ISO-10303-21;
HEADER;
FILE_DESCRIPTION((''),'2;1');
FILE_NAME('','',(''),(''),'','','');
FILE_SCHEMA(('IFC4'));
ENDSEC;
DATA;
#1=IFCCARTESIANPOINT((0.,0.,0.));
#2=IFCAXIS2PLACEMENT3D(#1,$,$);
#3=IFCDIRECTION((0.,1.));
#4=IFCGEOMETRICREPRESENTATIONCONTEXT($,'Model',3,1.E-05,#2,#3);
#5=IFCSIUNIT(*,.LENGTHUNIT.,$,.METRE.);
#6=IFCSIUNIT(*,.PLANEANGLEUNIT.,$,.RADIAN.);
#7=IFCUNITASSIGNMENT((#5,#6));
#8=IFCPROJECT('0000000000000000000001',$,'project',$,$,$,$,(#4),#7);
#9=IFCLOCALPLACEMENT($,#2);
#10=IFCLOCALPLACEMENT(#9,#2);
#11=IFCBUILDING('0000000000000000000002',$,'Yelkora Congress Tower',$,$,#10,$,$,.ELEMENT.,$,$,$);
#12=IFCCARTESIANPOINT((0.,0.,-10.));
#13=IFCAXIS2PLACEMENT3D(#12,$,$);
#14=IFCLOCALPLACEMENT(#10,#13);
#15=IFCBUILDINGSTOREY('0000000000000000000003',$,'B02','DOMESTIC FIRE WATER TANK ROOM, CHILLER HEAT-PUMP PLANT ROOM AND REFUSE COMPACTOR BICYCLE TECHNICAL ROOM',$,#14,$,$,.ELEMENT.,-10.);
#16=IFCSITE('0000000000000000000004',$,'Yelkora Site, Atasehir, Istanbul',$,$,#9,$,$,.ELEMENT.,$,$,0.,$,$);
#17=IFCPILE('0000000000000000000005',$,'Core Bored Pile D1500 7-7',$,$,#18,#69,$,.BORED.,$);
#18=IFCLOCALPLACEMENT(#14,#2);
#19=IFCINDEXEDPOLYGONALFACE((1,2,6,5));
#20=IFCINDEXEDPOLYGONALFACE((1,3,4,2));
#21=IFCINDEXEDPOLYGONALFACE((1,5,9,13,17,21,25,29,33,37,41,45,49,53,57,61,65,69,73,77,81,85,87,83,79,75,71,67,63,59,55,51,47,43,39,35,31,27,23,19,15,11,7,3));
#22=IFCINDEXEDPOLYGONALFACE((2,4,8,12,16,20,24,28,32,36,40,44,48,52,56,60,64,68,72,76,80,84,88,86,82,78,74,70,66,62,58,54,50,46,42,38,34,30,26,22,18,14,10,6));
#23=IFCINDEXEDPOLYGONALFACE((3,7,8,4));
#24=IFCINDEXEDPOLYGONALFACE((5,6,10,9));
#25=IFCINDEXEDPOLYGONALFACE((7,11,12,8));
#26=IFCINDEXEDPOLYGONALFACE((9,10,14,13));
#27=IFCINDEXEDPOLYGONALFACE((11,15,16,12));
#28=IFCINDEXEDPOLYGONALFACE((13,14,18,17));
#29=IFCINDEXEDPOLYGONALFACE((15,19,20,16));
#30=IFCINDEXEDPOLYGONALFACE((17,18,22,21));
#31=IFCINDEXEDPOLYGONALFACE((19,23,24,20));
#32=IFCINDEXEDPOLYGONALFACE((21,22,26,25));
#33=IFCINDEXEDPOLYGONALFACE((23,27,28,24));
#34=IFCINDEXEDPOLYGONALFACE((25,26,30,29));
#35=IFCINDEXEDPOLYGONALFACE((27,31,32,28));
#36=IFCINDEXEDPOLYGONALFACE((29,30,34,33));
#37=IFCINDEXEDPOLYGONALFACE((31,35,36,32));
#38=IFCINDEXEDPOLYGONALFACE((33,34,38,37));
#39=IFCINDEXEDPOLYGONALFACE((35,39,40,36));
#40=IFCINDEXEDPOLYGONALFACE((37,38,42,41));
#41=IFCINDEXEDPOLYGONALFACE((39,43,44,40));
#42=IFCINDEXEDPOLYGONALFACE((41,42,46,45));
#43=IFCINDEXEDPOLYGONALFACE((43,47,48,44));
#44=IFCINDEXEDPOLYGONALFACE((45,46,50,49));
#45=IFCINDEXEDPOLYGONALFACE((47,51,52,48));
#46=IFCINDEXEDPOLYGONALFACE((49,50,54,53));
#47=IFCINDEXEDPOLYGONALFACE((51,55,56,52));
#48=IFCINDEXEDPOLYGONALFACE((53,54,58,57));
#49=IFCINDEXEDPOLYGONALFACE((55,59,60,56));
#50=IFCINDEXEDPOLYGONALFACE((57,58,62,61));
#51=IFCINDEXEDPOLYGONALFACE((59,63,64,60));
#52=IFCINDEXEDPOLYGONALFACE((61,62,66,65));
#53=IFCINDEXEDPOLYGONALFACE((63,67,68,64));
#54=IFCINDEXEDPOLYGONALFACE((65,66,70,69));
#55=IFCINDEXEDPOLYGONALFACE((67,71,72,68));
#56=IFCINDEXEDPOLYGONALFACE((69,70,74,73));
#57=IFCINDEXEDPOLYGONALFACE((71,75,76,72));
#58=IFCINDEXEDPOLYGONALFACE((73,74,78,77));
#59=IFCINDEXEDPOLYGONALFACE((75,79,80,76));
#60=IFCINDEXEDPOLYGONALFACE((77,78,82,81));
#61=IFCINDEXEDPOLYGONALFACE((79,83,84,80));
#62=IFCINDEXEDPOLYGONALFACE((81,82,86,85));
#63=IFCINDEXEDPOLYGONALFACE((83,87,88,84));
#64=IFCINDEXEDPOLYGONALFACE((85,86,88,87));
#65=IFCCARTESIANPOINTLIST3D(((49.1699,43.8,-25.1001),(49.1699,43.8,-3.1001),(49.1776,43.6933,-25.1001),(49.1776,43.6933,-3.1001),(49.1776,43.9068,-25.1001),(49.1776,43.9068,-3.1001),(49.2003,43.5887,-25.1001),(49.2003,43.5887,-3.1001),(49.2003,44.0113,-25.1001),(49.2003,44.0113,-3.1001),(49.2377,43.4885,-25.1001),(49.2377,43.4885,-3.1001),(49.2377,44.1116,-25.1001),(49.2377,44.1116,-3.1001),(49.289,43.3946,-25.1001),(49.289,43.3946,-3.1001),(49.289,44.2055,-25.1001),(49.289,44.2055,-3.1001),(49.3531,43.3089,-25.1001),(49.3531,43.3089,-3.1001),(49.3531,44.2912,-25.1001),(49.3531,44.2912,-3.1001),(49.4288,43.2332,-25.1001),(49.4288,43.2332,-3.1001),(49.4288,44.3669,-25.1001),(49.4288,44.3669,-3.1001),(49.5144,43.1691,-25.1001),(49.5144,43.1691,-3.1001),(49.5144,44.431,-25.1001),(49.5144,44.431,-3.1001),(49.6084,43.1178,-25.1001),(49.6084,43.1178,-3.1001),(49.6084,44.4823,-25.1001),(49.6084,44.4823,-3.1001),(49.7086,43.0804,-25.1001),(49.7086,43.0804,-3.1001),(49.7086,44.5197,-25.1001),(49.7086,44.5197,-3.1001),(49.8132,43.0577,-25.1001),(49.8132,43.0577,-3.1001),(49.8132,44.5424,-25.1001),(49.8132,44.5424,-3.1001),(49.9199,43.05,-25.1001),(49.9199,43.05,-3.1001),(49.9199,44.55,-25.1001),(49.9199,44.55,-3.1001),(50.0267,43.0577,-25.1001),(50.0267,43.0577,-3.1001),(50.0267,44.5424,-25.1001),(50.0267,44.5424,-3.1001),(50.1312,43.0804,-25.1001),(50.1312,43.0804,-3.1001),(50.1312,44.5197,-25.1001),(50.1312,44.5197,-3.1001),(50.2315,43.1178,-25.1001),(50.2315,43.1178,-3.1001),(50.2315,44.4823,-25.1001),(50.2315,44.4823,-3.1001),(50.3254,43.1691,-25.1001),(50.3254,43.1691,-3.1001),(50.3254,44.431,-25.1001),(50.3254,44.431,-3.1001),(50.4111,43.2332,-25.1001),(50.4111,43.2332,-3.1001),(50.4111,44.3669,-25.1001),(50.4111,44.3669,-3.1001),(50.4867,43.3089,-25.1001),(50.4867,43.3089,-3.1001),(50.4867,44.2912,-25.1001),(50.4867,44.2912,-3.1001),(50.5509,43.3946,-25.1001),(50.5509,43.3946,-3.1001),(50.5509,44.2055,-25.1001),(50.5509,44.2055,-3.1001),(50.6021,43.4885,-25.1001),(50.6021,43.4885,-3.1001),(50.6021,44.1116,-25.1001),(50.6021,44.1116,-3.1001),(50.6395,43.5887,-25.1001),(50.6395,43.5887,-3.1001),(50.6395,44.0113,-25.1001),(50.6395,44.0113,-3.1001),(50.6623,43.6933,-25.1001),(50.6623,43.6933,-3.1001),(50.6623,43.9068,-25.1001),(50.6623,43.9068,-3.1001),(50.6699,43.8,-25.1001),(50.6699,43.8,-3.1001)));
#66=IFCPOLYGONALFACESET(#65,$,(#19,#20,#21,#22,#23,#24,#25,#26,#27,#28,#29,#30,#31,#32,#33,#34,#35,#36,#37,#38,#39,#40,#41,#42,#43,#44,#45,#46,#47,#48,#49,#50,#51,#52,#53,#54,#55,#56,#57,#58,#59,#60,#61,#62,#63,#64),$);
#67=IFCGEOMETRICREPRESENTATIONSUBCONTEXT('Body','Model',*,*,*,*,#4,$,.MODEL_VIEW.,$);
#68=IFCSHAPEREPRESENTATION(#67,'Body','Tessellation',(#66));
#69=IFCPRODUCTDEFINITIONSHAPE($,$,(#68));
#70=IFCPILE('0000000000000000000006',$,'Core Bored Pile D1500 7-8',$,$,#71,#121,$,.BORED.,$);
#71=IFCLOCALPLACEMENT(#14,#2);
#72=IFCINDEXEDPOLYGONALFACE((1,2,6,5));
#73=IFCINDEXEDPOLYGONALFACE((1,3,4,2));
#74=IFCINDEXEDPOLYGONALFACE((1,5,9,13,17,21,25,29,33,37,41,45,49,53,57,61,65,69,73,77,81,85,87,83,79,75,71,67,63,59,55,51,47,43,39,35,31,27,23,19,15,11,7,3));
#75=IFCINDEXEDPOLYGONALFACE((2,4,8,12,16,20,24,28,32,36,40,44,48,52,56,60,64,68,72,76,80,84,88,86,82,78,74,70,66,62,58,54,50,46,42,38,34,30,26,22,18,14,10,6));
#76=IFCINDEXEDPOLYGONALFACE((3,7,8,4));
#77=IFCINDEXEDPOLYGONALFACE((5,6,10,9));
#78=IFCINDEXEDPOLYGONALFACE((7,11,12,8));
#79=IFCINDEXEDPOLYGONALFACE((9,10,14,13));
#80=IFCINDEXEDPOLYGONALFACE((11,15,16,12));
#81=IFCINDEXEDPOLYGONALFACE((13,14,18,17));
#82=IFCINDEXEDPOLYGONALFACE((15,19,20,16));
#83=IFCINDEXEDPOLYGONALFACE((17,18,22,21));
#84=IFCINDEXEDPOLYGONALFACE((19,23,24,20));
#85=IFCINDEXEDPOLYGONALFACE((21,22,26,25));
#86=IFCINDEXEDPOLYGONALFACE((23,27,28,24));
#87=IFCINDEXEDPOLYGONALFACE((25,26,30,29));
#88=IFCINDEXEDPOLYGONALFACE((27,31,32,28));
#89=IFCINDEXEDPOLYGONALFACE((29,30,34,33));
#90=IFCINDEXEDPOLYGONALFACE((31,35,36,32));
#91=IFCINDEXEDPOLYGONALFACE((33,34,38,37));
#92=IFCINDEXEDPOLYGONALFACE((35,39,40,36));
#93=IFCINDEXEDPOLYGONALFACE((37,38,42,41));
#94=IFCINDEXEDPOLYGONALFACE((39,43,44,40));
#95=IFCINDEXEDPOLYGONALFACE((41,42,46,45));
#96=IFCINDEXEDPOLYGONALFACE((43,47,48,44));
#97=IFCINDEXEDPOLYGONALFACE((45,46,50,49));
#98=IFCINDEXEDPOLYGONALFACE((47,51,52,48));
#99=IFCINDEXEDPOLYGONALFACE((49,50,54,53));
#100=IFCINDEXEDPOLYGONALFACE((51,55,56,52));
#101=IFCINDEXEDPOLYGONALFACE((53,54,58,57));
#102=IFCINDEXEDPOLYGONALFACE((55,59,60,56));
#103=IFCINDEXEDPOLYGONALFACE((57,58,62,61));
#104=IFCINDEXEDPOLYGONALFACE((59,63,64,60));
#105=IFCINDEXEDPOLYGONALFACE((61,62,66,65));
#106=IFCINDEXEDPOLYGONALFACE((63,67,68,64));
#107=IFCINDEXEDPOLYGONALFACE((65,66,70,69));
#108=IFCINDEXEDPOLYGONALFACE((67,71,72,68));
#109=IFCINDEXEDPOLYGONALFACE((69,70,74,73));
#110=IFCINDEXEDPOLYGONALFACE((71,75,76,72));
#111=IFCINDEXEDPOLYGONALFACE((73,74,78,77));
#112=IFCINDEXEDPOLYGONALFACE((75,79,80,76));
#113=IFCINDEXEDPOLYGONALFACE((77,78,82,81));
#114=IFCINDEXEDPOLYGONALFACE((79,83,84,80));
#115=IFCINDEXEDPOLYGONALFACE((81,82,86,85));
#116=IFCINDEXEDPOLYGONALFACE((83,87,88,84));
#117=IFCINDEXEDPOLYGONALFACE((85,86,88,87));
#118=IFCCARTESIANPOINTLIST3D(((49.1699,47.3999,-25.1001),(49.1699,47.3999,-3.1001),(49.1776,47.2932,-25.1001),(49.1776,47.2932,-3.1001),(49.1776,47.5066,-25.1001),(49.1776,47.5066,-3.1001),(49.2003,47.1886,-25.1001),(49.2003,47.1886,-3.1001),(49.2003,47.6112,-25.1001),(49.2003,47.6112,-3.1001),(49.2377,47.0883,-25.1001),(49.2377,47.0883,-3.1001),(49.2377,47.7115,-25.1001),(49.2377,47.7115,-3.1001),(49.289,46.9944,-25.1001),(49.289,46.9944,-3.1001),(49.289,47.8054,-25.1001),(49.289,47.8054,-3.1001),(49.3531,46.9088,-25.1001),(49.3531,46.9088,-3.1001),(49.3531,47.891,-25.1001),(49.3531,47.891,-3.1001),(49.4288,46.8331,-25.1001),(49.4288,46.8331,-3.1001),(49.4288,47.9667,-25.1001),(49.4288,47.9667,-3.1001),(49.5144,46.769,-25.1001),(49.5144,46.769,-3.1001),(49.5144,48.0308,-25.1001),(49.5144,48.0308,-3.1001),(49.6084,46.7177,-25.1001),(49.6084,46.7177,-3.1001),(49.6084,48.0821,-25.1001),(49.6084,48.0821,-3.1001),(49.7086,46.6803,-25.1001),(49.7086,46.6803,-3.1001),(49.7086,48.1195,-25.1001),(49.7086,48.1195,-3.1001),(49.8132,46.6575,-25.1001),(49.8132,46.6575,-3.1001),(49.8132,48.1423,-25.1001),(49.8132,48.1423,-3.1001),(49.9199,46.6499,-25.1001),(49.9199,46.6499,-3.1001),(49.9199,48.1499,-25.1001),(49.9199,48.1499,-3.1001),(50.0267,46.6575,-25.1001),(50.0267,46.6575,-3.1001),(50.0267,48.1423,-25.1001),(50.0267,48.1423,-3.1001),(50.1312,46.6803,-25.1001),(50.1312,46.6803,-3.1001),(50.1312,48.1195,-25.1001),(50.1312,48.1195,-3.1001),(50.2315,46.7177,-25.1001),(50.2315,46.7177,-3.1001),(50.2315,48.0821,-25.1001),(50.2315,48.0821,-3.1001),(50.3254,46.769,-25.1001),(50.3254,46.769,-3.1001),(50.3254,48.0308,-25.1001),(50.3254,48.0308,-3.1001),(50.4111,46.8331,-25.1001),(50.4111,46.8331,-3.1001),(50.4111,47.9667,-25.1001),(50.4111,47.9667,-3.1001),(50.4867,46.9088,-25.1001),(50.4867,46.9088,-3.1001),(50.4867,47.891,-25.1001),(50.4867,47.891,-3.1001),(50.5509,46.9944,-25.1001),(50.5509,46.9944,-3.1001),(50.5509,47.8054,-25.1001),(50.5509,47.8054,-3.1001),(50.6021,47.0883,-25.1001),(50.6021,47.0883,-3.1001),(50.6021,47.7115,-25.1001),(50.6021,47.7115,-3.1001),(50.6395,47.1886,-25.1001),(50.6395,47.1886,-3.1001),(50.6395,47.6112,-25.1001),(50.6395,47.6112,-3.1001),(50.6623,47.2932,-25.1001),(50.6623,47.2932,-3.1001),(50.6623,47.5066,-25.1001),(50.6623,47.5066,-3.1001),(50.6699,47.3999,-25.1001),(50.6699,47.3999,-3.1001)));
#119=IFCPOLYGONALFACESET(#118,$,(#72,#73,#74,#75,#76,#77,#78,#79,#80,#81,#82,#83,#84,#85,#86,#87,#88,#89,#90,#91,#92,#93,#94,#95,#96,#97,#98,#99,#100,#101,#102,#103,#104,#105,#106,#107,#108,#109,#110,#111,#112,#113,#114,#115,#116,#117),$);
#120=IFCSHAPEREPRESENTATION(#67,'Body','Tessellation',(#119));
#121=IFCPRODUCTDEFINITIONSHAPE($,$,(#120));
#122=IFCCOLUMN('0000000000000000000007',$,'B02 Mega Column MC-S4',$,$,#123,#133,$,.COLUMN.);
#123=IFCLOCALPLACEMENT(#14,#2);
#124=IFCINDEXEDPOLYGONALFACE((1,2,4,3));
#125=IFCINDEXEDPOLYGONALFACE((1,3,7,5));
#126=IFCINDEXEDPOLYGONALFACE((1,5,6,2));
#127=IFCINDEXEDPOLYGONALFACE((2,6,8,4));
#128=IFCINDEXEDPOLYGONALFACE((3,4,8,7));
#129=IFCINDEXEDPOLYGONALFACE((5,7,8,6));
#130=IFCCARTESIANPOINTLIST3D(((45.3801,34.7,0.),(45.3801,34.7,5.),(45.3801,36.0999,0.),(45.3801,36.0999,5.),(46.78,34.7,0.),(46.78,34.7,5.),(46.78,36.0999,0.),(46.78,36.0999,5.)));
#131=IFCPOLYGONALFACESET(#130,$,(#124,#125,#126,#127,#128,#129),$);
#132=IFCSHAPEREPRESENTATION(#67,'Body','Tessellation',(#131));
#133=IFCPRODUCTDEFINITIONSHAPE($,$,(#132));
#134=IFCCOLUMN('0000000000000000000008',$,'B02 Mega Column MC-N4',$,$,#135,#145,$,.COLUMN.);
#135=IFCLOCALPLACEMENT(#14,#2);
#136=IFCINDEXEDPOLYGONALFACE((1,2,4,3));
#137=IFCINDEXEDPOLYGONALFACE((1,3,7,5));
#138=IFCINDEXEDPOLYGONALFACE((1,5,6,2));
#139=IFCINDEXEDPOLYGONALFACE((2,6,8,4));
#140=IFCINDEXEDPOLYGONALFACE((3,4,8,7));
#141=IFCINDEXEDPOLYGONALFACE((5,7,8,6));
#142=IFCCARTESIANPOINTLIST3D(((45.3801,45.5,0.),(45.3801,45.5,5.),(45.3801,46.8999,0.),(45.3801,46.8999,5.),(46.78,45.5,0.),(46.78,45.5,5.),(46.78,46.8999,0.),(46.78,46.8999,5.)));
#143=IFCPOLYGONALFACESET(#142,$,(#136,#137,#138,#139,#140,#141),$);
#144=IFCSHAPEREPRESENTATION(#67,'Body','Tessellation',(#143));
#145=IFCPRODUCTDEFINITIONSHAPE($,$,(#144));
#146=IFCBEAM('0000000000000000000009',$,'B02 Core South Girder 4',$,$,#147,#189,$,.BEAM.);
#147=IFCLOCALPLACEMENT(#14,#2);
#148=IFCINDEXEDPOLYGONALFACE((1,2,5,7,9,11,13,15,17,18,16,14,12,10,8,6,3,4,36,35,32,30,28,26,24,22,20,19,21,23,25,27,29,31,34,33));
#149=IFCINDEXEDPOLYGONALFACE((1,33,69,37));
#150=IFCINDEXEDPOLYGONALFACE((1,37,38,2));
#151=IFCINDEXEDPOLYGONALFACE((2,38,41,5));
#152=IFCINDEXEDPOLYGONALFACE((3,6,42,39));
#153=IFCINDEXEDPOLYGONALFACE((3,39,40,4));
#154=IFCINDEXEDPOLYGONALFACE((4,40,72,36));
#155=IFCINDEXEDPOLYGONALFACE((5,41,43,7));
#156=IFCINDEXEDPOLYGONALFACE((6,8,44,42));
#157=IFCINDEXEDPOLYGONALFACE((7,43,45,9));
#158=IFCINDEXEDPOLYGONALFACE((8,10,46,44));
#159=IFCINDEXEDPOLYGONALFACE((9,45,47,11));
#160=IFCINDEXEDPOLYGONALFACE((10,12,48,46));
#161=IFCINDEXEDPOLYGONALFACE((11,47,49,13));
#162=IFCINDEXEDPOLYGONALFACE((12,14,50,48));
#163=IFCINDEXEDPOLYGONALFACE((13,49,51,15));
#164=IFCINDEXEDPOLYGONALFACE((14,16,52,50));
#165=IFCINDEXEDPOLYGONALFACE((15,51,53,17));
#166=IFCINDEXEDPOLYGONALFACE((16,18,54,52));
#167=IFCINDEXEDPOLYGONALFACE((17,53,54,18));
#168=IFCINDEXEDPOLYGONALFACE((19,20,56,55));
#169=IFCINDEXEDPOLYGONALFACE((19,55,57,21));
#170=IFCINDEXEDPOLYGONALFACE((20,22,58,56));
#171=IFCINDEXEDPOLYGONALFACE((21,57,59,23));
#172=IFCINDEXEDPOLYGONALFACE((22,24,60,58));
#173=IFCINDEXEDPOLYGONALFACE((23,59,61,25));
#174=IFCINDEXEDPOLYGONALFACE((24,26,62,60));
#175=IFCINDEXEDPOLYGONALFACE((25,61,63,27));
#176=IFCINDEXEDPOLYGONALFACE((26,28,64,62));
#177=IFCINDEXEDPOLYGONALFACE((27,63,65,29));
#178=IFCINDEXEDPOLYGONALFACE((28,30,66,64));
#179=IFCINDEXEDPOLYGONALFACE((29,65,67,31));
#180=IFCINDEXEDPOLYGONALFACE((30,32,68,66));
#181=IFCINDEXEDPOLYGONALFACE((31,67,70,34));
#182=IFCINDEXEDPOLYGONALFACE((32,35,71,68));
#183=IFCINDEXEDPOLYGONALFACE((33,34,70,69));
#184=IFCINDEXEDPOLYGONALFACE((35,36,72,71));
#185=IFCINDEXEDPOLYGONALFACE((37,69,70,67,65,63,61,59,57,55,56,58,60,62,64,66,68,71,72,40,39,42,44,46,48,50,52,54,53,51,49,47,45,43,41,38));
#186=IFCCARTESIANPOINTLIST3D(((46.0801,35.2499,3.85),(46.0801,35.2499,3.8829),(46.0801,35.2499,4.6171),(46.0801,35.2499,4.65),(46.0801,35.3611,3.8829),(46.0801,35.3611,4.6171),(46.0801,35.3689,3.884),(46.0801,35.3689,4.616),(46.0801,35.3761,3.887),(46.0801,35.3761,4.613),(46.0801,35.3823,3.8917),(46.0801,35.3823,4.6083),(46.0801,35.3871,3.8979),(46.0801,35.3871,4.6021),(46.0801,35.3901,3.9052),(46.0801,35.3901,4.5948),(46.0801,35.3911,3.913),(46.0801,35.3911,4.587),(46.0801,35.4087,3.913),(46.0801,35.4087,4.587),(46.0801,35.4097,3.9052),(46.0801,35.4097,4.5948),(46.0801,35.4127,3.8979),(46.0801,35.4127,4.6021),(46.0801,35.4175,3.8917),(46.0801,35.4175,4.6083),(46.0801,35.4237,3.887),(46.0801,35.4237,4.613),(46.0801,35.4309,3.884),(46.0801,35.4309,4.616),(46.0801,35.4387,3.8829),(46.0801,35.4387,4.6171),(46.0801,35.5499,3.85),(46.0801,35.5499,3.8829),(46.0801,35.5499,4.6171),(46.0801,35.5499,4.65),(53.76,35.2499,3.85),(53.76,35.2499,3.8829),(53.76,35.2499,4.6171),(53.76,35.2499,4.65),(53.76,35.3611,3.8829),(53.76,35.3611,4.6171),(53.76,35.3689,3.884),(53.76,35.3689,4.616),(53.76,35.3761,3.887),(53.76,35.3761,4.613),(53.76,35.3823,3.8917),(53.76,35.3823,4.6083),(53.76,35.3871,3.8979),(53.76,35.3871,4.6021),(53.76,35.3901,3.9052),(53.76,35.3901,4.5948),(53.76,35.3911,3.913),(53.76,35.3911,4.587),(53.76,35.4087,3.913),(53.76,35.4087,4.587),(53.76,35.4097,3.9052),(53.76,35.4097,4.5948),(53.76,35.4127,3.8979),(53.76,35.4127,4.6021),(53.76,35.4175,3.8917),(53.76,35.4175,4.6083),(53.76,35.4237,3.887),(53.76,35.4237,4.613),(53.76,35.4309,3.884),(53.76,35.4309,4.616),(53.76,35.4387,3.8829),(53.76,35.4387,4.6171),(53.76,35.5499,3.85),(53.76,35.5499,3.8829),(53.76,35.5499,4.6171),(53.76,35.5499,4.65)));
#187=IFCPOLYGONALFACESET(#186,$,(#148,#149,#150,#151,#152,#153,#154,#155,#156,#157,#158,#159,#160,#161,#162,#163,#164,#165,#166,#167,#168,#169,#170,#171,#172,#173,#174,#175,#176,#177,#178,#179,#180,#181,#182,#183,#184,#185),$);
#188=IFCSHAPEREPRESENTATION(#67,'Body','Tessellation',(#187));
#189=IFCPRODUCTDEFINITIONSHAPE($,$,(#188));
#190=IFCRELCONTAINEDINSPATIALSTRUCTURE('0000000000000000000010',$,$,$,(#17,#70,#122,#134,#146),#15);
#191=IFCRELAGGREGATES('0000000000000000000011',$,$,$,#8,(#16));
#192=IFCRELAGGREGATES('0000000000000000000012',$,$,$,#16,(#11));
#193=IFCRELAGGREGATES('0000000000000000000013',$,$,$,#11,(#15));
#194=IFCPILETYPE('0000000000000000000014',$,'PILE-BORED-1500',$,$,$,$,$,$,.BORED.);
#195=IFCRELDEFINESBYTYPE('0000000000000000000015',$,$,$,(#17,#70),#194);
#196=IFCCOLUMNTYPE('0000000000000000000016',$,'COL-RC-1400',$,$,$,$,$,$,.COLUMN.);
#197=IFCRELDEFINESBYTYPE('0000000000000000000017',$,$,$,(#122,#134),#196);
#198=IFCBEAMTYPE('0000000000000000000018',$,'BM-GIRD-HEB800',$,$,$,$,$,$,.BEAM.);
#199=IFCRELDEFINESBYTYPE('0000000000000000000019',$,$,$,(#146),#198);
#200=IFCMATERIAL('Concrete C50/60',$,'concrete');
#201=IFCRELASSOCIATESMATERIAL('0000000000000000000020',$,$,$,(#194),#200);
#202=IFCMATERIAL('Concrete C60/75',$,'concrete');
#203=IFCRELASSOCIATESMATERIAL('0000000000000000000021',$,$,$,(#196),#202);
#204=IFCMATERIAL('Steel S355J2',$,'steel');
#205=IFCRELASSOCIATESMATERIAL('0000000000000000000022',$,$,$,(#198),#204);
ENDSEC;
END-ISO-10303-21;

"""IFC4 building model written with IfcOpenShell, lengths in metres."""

from ifc_helpers import new_model, si_unit, direction, frame, origin, origin_2d, place, context, subcontext, project, spatial, rectangle, circle, i_section, extrude, material, material_profile, profile_set, type_object, element, save


model = new_model("IFC4")

# Units and contexts
model_context = context("Model", 3, precision=1e-05, world=origin(), true_north=direction((0.0, 1.0)))
body_context = subcontext(model_context, "Body", "Model", "MODEL_VIEW")
ifc_project = project(units=[si_unit("LENGTHUNIT", "METRE"), si_unit("PLANEANGLEUNIT", "RADIAN")], contexts=[model_context])

# Site, building, storey
site_placement = place(None, origin())
site = spatial("IfcSite", under=ifc_project, at=site_placement, Name="Yelkora Site, Atasehir, Istanbul", CompositionType="ELEMENT", RefElevation=0.0)
building_placement = place(site_placement, origin())
building = spatial("IfcBuilding", under=site, at=building_placement, Name="Yelkora Congress Tower", CompositionType="ELEMENT")
storey_placement = place(building_placement, frame((0.0, 0.0, -10.0)))
storey = spatial("IfcBuildingStorey", under=building, at=storey_placement, Name="B02", Description="DOMESTIC FIRE WATER TANK ROOM, CHILLER HEAT-PUMP PLANT ROOM AND REFUSE COMPACTOR BICYCLE TECHNICAL ROOM", CompositionType="ELEMENT", Elevation=-10.0)

# Piles
ifc_material_1 = material(Name="Concrete C50/60", Category="concrete")
ifc_material_profile_1 = material_profile(ifc_material_1, circle(Radius=0.75, at=origin_2d()), Name="PILE D1500")
ifc_profile_set_1 = profile_set([ifc_material_profile_1], Name="Concrete C50/60")
pile_type = type_object("IfcPileType", Name="PILE-BORED-1500", PredefinedType="BORED", material=ifc_profile_set_1)
for number, where, z_axis, x_axis, name in (
    (1, (49.9199, 43.8, -3.1001), (0.0, 0.0, -1.0), (1.0, 0.0, 0.0), "Core Bored Pile D1500 7-7"),
    (2, (49.9199, 47.3999, -3.1001), (0.0, 0.0, -1.0), (1.0, 0.0, 0.0), "Core Bored Pile D1500 7-8"),
):
    element("IfcPile", number, at=place(storey_placement, frame(where, z_axis=z_axis, x_axis=x_axis)), inside=storey, type_object=pile_type, Name=name, PredefinedType="BORED", context=body_context, shape_type="SweptSolid", body=[
        extrude(circle(Radius=0.75, at=origin_2d()), origin(), (0.0, 0.0, 1.0), 22.0),
    ])

# Columns
ifc_material_2 = material(Name="Concrete C60/75", Category="concrete")
ifc_material_profile_2 = material_profile(ifc_material_2, rectangle(XDim=1.3999, YDim=1.3999, at=origin_2d()), Name="RC 1400x1400")
ifc_profile_set_2 = profile_set([ifc_material_profile_2], Name="Concrete C60/75")
column_type = type_object("IfcColumnType", Name="COL-RC-1400", PredefinedType="COLUMN", material=ifc_profile_set_2)
for number, where, z_axis, x_axis, name in (
    (3, (46.0801, 35.3999, 0.0), (0.0, 0.0, 1.0), (1.0, 0.0, 0.0), "B02 Mega Column MC-S4"),
    (4, (46.0801, 46.2, 0.0), (0.0, 0.0, 1.0), (1.0, 0.0, 0.0), "B02 Mega Column MC-N4"),
):
    element("IfcColumn", number, at=place(storey_placement, frame(where, z_axis=z_axis, x_axis=x_axis)), inside=storey, type_object=column_type, Name=name, PredefinedType="COLUMN", context=body_context, shape_type="SweptSolid", body=[
        extrude(rectangle(XDim=1.3999, YDim=1.3999, at=origin_2d()), origin(), (0.0, 0.0, 1.0), 5.0),
    ])

# Beam
ifc_material_3 = material(Name="Steel S355J2", Category="steel")
ifc_material_profile_3 = material_profile(ifc_material_3, i_section(OverallWidth=0.3, OverallDepth=0.8, WebThickness=0.0176, FlangeThickness=0.033, FilletRadius=0.03, at=origin_2d()), Name="HEB 800")
ifc_profile_set_3 = profile_set([ifc_material_profile_3], Name="Steel S355J2")
beam_type_1 = type_object("IfcBeamType", Name="BM-GIRD-HEB800", PredefinedType="BEAM", material=ifc_profile_set_3)
beam_1_placement = place(storey_placement, frame((46.0801, 35.3999, 4.25), z_axis=(1.0, 0.0, 0.0), x_axis=(0.0, 1.0, 0.0)))
element("IfcBeam", 5, at=beam_1_placement, inside=storey, type_object=beam_type_1, Name="B02 Core South Girder 4", PredefinedType="BEAM", context=body_context, shape_type="SweptSolid", body=[
    extrude(i_section(OverallWidth=0.3, OverallDepth=0.8, WebThickness=0.0176, FlangeThickness=0.033, FilletRadius=0.03, at=origin_2d()), origin(), (0.0, 0.0, 1.0), 7.6799),
])

save(model, "model.ifc")
